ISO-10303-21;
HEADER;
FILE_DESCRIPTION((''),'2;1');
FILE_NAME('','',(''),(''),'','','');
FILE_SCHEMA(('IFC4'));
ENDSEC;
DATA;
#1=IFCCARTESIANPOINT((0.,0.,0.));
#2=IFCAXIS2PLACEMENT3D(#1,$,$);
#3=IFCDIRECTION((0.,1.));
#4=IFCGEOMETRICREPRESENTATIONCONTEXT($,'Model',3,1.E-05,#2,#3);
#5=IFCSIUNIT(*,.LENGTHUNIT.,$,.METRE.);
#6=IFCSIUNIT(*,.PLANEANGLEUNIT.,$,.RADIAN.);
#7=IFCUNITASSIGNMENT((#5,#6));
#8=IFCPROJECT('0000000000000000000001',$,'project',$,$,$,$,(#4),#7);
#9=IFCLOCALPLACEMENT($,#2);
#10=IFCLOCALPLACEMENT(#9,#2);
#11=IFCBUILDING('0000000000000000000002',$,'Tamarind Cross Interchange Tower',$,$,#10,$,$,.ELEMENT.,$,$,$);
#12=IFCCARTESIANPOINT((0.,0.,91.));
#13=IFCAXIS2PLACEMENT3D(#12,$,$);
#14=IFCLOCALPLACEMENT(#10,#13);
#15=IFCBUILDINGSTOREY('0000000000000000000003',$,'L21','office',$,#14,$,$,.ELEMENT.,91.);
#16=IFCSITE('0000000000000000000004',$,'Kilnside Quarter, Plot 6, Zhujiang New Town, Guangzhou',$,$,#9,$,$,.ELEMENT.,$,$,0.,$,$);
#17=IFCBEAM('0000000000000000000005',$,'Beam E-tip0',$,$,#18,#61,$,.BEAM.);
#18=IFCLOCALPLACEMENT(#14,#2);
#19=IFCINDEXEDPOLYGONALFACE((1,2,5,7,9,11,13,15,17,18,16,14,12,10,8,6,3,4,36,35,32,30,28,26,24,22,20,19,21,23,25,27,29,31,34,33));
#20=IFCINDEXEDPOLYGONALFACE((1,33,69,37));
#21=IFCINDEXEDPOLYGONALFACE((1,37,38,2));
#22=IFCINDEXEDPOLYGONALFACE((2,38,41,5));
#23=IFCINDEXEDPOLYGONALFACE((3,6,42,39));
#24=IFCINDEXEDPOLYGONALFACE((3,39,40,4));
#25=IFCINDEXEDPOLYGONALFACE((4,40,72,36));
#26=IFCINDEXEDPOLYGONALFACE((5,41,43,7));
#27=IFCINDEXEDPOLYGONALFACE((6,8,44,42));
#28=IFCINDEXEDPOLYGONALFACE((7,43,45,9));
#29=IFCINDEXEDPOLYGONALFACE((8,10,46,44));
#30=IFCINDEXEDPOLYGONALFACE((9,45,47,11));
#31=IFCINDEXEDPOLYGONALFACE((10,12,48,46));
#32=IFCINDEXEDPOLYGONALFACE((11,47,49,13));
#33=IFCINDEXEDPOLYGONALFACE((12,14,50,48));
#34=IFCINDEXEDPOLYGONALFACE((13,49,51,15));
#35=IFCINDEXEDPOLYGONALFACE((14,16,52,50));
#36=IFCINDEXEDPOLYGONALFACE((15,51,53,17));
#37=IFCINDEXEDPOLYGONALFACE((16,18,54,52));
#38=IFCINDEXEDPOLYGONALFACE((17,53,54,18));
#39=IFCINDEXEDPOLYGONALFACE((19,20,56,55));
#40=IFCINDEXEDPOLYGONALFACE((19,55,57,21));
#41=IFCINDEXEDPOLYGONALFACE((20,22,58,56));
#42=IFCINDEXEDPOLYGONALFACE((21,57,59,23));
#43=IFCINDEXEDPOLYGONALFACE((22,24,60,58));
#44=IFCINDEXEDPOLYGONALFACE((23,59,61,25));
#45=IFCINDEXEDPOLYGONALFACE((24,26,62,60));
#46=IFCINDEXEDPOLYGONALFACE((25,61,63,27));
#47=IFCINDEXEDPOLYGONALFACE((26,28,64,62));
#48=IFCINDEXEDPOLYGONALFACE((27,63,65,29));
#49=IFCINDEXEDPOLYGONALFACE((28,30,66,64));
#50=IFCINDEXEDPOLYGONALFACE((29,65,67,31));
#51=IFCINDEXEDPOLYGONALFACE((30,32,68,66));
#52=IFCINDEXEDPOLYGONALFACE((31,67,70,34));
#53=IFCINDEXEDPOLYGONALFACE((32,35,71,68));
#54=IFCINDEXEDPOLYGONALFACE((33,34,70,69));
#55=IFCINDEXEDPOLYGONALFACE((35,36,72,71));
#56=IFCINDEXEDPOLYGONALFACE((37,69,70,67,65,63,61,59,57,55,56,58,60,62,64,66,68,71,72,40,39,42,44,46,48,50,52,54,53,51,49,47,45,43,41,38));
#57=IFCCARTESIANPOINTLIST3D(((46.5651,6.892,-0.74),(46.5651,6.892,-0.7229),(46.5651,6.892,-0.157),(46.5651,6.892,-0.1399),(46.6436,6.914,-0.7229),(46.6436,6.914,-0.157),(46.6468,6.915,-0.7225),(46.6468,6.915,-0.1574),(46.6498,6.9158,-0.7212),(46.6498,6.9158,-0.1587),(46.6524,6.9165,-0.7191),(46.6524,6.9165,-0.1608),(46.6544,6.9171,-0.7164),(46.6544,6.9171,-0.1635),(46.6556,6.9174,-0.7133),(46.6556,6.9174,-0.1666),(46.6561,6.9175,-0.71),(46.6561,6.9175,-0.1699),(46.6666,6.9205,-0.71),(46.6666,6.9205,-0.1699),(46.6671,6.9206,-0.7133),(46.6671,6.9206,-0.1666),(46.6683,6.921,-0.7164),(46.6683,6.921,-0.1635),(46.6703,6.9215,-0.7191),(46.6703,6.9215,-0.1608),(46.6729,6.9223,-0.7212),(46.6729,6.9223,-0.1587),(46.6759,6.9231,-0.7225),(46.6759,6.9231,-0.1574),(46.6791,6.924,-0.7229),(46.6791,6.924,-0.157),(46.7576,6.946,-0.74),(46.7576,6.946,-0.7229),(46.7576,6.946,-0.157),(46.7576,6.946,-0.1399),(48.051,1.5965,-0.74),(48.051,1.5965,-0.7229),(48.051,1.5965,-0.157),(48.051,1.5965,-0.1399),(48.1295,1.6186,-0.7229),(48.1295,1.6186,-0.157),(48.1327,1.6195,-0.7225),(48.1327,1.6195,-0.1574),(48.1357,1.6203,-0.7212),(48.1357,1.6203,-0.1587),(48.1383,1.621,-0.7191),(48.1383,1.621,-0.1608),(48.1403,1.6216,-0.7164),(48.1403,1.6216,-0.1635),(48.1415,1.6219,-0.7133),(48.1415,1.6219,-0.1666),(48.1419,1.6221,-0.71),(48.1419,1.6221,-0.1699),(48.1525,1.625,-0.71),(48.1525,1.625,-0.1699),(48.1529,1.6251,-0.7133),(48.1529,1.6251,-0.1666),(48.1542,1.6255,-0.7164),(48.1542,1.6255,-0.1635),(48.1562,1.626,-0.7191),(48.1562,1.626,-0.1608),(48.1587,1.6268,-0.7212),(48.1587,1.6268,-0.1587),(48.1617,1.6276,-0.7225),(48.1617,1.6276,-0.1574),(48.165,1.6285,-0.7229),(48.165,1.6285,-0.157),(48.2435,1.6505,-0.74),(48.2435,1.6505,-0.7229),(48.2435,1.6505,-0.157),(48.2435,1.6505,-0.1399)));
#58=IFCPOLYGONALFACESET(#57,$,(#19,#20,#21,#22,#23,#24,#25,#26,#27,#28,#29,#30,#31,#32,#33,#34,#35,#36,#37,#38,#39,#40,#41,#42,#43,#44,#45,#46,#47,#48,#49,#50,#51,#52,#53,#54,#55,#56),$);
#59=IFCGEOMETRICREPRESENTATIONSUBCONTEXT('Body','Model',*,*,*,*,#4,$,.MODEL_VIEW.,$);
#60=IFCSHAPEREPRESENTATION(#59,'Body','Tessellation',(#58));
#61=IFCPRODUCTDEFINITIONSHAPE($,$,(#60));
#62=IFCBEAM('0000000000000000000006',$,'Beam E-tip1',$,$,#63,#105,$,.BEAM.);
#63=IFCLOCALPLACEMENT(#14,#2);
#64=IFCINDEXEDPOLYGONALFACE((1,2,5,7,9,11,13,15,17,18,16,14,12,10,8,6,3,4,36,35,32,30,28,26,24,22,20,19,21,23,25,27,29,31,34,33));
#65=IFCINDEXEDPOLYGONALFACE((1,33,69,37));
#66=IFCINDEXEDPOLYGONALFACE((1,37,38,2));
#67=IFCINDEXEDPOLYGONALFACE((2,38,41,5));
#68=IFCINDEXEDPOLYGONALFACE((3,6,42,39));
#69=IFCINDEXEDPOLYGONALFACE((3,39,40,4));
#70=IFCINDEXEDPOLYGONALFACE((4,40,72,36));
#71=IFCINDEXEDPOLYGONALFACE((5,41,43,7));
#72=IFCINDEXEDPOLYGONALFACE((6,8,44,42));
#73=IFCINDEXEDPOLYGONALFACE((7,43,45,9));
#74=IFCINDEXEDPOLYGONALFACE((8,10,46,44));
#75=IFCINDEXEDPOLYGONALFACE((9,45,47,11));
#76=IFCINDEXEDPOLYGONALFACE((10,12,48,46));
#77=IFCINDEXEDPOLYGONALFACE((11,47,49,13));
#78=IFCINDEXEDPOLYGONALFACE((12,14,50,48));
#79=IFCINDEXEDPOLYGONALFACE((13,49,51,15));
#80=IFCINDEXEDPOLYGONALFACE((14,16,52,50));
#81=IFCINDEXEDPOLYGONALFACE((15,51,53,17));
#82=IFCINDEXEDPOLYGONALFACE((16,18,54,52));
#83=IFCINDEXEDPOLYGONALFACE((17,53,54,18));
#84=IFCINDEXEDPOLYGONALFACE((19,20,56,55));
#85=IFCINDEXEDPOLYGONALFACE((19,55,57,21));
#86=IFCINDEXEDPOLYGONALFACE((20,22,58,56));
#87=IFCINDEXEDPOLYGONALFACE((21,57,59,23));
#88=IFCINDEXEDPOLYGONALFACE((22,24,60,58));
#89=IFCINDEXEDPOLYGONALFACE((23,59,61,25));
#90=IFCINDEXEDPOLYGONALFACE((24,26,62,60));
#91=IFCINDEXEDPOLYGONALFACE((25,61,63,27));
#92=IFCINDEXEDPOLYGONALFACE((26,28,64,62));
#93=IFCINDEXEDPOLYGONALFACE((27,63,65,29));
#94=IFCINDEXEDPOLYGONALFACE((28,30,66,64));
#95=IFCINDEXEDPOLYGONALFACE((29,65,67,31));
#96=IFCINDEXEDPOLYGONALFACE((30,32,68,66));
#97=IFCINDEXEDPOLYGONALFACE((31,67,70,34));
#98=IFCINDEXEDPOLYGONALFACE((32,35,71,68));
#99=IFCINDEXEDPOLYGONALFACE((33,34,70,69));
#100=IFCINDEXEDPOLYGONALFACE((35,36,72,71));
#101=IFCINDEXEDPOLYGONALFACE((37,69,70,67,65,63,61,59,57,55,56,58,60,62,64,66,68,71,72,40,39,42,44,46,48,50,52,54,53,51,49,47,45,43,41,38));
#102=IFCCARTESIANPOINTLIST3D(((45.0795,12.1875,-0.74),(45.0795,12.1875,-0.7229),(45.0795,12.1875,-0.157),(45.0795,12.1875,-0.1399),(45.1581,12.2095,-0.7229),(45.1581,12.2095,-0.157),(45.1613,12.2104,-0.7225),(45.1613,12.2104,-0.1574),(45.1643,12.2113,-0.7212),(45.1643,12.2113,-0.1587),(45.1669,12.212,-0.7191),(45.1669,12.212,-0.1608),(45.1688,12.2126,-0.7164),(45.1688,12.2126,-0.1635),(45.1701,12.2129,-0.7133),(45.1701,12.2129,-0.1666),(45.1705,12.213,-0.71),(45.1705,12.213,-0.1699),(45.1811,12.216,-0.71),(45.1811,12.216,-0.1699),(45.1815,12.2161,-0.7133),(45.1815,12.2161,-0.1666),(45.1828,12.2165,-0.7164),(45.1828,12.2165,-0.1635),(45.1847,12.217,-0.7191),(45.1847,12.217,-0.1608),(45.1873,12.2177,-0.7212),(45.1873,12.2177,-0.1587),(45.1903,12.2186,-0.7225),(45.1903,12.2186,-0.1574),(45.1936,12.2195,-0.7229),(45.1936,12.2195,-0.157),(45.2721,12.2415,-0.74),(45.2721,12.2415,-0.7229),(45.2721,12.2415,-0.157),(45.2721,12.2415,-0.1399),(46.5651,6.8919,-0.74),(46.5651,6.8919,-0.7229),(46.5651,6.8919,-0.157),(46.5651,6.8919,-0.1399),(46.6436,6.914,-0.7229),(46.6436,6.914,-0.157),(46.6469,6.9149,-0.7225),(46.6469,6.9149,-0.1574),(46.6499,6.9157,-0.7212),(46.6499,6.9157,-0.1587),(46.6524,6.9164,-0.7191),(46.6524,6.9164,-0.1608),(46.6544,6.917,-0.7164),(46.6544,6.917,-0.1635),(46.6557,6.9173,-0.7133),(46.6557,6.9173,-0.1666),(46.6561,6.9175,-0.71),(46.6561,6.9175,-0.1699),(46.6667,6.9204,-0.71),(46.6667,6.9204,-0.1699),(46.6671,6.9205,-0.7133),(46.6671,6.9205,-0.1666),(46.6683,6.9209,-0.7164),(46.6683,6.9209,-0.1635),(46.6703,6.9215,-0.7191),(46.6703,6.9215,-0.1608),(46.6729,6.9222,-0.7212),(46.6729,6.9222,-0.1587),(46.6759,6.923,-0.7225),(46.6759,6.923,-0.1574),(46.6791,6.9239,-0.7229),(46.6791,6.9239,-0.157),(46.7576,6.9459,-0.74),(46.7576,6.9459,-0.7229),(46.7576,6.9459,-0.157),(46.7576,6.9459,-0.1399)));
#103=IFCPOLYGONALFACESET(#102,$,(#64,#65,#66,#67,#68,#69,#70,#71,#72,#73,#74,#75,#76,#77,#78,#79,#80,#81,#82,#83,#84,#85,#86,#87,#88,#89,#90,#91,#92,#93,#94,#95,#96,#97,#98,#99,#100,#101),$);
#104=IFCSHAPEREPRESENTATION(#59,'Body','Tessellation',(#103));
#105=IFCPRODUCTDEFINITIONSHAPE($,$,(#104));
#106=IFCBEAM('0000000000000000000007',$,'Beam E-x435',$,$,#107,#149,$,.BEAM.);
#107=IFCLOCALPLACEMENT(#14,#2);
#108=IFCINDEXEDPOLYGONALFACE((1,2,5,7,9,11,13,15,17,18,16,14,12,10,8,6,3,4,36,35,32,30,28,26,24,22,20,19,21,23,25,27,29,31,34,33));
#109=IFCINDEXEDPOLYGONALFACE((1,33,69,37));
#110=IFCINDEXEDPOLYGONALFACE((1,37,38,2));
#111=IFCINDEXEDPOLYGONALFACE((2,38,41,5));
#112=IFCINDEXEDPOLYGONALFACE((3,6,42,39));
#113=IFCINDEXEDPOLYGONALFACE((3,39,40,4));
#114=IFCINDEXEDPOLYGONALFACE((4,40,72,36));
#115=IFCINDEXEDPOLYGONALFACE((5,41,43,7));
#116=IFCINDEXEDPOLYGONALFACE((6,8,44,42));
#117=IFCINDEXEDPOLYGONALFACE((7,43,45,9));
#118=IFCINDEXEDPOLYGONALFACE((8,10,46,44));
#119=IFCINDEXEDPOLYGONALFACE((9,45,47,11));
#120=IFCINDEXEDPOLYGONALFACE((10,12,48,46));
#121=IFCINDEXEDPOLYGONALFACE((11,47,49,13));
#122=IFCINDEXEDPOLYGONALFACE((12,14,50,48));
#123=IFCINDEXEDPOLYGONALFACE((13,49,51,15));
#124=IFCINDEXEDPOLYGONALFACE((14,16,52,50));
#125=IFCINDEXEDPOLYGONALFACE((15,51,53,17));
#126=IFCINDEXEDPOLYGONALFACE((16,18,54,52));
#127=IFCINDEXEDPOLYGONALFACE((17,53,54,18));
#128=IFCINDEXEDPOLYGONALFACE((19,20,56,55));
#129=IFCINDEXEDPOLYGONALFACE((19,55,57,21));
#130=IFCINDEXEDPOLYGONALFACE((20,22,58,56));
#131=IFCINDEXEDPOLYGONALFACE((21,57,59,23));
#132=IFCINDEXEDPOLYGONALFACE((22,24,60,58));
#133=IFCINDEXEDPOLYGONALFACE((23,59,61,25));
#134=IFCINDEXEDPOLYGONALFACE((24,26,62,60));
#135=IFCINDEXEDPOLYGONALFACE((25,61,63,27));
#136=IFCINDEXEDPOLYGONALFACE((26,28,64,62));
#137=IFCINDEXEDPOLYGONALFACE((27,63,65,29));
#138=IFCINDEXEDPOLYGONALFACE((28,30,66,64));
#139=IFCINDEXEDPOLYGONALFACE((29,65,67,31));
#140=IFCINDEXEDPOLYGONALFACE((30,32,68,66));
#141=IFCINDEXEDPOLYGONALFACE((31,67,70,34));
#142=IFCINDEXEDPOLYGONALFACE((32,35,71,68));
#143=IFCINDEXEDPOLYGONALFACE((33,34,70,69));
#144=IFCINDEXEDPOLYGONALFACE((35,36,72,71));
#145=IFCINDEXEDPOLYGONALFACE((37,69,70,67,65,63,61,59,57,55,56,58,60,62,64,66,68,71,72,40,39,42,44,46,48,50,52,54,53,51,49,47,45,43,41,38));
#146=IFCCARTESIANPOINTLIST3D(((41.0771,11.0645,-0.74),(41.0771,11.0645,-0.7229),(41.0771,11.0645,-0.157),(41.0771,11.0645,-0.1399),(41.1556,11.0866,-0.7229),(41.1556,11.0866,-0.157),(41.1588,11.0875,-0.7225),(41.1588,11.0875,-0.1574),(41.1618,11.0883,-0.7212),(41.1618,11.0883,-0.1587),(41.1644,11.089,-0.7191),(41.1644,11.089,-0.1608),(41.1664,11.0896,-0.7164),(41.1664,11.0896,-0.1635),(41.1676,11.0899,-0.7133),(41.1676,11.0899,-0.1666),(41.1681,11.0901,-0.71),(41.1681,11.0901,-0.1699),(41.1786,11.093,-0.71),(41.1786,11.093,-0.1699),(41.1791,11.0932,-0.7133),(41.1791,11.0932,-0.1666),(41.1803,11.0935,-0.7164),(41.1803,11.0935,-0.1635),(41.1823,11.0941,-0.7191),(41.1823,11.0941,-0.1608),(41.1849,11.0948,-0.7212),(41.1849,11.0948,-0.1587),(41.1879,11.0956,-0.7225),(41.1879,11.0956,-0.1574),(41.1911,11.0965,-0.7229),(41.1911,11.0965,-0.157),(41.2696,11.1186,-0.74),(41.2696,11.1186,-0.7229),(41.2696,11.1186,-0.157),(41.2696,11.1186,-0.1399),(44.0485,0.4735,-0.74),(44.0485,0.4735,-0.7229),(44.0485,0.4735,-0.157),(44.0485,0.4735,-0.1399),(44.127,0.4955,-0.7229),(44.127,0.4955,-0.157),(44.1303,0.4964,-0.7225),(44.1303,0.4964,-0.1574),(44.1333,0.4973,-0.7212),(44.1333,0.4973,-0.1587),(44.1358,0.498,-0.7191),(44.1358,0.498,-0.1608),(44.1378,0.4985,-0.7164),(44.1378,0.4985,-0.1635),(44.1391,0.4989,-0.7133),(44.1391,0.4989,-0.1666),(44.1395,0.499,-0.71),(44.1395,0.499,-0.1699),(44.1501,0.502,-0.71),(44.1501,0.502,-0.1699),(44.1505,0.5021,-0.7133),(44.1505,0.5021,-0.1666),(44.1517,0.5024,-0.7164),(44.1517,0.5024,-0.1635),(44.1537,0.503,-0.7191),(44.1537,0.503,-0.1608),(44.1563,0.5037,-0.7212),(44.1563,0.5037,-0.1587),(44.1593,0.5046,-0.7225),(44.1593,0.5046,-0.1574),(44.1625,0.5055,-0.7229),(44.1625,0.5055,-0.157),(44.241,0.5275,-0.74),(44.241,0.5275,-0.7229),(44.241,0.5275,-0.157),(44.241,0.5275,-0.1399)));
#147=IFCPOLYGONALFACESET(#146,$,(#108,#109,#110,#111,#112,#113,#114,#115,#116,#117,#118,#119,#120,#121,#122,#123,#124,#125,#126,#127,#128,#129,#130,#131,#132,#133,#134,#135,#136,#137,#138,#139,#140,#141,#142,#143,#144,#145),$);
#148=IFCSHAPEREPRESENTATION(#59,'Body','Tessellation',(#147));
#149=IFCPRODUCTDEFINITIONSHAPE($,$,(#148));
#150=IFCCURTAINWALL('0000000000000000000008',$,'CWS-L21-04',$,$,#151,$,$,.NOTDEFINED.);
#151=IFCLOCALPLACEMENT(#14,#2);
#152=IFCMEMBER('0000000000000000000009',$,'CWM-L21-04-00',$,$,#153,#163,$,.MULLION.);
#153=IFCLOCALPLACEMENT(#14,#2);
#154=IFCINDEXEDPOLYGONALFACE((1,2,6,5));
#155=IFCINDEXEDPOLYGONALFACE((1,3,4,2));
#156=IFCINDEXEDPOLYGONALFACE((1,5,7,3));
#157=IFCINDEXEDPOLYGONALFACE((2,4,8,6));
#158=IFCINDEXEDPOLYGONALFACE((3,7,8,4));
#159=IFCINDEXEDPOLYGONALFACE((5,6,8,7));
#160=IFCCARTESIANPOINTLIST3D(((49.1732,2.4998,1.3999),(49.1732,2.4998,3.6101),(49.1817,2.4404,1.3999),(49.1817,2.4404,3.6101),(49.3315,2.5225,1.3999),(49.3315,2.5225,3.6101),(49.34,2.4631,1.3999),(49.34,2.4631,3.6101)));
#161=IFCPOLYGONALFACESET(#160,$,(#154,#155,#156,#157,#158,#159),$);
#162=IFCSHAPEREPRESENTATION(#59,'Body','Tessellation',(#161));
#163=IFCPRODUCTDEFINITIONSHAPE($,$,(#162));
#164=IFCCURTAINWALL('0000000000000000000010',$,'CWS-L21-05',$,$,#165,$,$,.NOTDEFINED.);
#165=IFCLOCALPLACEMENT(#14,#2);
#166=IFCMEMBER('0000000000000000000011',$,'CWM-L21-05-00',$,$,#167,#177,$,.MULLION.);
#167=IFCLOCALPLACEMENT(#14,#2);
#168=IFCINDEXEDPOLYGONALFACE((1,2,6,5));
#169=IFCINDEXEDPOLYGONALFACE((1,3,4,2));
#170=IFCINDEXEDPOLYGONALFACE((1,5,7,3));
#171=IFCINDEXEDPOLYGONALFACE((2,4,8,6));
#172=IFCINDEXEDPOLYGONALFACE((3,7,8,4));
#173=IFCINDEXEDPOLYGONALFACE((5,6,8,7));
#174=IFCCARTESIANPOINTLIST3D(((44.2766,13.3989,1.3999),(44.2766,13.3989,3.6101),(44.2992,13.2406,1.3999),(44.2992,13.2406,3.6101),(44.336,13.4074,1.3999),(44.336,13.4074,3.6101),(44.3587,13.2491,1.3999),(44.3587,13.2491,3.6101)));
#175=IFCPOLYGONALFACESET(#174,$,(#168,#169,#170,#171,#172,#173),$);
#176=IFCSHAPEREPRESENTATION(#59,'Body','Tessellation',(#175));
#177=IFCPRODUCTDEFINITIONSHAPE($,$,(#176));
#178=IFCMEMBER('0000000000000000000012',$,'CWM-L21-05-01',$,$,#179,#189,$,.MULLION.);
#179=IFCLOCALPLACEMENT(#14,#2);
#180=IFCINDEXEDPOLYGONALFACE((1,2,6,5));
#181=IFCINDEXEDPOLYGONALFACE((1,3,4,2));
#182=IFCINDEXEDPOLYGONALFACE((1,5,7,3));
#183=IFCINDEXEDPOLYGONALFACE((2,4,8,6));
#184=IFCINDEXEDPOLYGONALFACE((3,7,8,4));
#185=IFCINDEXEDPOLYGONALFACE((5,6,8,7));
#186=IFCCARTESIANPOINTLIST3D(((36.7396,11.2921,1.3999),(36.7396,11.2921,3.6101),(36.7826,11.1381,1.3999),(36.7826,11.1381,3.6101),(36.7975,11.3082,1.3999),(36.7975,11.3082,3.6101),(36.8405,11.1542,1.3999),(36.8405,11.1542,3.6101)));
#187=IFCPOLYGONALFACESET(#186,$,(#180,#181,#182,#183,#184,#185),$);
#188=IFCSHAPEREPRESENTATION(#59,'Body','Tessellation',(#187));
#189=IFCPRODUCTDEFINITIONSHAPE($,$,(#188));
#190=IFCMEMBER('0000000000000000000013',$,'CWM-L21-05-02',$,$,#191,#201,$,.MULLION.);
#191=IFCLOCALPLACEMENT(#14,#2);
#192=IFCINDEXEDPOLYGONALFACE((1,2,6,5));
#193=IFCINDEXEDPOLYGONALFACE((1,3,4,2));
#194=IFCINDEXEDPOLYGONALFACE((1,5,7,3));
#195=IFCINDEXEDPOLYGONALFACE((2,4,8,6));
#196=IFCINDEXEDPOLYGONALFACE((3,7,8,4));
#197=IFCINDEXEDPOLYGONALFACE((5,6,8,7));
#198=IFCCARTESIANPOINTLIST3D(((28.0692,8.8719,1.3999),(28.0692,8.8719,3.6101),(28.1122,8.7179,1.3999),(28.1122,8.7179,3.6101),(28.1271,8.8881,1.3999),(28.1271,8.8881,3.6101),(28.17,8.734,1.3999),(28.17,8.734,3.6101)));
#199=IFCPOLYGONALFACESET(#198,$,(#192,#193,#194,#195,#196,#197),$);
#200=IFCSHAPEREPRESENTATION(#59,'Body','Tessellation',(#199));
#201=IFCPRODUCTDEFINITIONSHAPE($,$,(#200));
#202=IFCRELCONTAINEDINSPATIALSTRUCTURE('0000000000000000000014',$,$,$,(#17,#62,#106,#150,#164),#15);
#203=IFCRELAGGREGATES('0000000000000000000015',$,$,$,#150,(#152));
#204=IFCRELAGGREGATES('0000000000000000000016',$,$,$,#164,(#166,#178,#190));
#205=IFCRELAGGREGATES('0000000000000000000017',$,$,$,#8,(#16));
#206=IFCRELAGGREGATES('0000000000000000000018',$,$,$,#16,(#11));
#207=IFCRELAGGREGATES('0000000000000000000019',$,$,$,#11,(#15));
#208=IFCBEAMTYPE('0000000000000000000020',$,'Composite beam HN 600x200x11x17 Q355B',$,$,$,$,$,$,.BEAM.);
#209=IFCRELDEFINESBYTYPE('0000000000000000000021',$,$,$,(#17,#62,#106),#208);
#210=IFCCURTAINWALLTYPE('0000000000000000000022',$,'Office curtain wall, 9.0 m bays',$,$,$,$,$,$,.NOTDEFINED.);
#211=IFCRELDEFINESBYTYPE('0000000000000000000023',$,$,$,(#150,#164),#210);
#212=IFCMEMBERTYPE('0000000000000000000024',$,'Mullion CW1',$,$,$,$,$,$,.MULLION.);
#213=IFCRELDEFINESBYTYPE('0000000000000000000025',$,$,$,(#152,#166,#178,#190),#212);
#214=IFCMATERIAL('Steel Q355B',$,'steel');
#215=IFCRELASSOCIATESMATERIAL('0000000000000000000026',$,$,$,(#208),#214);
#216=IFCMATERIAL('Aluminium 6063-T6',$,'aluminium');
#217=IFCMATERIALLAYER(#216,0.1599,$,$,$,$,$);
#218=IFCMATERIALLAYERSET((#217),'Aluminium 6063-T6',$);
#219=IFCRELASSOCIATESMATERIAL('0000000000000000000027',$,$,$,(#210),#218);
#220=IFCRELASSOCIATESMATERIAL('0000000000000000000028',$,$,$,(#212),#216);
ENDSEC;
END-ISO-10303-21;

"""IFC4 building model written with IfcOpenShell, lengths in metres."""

from ifc_helpers import new_model, si_unit, direction, frame, origin, origin_2d, place, context, subcontext, project, spatial, rectangle, i_section, extrude, material, layer, layer_set, material_profile, profile_set, type_object, element, aggregate, save


model = new_model("IFC4")

# Units and contexts
model_context = context("Model", 3, precision=1e-05, world=origin(), true_north=direction((0.0, 1.0)))
body_context = subcontext(model_context, "Body", "Model", "MODEL_VIEW")
ifc_project = project(units=[si_unit("LENGTHUNIT", "METRE"), si_unit("PLANEANGLEUNIT", "RADIAN")], contexts=[model_context])

# Site, building, storey
site_placement = place(None, origin())
site = spatial("IfcSite", under=ifc_project, at=site_placement, Name="Kilnside Quarter, Plot 6, Zhujiang New Town, Guangzhou", CompositionType="ELEMENT", RefElevation=0.0)
building_placement = place(site_placement, origin())
building = spatial("IfcBuilding", under=site, at=building_placement, Name="Tamarind Cross Interchange Tower", CompositionType="ELEMENT")
storey_placement = place(building_placement, frame((0.0, 0.0, 91.0)))
storey = spatial("IfcBuildingStorey", under=building, at=storey_placement, Name="L21", Description="office", CompositionType="ELEMENT", Elevation=91.0)

# Beams
ifc_material_1 = material(Name="Steel Q355B", Category="steel")
ifc_material_profile_1 = material_profile(ifc_material_1, i_section(OverallWidth=0.2, OverallDepth=0.6001, WebThickness=0.011, FlangeThickness=0.0171, FilletRadius=0.0129, at=origin_2d()), Name="HN 600x200x11x17")
ifc_profile_set_1 = profile_set([ifc_material_profile_1], Name="Steel Q355B")
beam_type_1 = type_object("IfcBeamType", Name="Composite beam HN 600x200x11x17 Q355B", PredefinedType="BEAM", material=ifc_profile_set_1)
for number, where, z_axis, x_axis, name in (
    (1, (48.1472, 1.6235, -0.4399), (-0.270157, 0.962816, 0.0), (-0.962816, -0.270157, 0.0), "Beam E-tip0"),
    (2, (46.6614, 6.9189, -0.4399), (-0.270104, 0.962831, 0.0), (-0.962831, -0.270104, 0.0), "Beam E-tip1"),
):
    element("IfcBeam", number, at=place(storey_placement, frame(where, z_axis=z_axis, x_axis=x_axis)), inside=storey, type_object=beam_type_1, Name=name, PredefinedType="BEAM", context=body_context, shape_type="SweptSolid", body=[
        extrude(i_section(OverallWidth=0.2, OverallDepth=0.6001, WebThickness=0.011, FlangeThickness=0.0171, FilletRadius=0.0129, at=origin_2d()), origin(), (0.0, 0.0, 1.0), 5.5),
    ])
beam_1_placement = place(storey_placement, frame((44.1448, 0.5005, -0.4399), z_axis=(-0.27013, 0.962824, 0.0), x_axis=(-0.962824, -0.27013, 0.0)))
element("IfcBeam", 3, at=beam_1_placement, inside=storey, type_object=beam_type_1, Name="Beam E-x435", PredefinedType="BEAM", context=body_context, shape_type="SweptSolid", body=[
    extrude(i_section(OverallWidth=0.2, OverallDepth=0.6001, WebThickness=0.011, FlangeThickness=0.0171, FilletRadius=0.0129, at=origin_2d()), origin(), (0.0, 0.0, 1.0), 11.0),
])

# Curtain wall, member
ifc_material_2 = material(Name="Aluminium 6063-T6", Category="aluminium")
ifc_layer_1 = layer(ifc_material_2, 0.1599)
ifc_layer_set_1 = layer_set([ifc_layer_1], Name="Aluminium 6063-T6")
curtain_wall_type = type_object("IfcCurtainWallType", Name="Office curtain wall, 9.0 m bays", PredefinedType="NOTDEFINED", material=ifc_layer_set_1)
curtain_wall_1_placement = place(storey_placement, origin())
curtain_wall_1 = element("IfcCurtainWall", 4, at=curtain_wall_1_placement, inside=storey, type_object=curtain_wall_type, Name="CWS-L21-04", PredefinedType="NOTDEFINED")
ifc_material_profile_2 = material_profile(ifc_material_2, rectangle(XDim=0.0601, YDim=0.1599, at=origin_2d()), Name="Mullion CW1")
ifc_profile_set_2 = profile_set([ifc_material_profile_2], Name="Aluminium 6063-T6")
member_type = type_object("IfcMemberType", Name="Mullion CW1", PredefinedType="MULLION", material=ifc_profile_set_2)
member_1_placement = place(storey_placement, frame((49.2566, 2.4814, 1.3999), z_axis=(0.0, 0.0, 1.0), x_axis=(-0.142145, 0.989846, 0.0)))
member_1 = element("IfcMember", 5, at=member_1_placement, type_object=member_type, Name="CWM-L21-04-00", PredefinedType="MULLION", context=body_context, shape_type="SweptSolid", body=[
    extrude(rectangle(XDim=0.0601, YDim=0.1599, at=origin_2d()), origin(), (0.0, 0.0, 1.0), 2.2102),
])
aggregate(curtain_wall_1, [member_1])

# Curtain wall, members
curtain_wall_2_placement = place(storey_placement, origin())
curtain_wall_2 = element("IfcCurtainWall", 6, at=curtain_wall_2_placement, inside=storey, type_object=curtain_wall_type, Name="CWS-L21-05", PredefinedType="NOTDEFINED")
member_2_placement = place(storey_placement, frame((44.3176, 13.324, 1.3999), z_axis=(0.0, 0.0, 1.0), x_axis=(-0.989941, -0.141477, 0.0)))
member_2 = element("IfcMember", 7, at=member_2_placement, type_object=member_type, Name="CWM-L21-05-00", PredefinedType="MULLION", context=body_context, shape_type="SweptSolid", body=[
    extrude(rectangle(XDim=0.0601, YDim=0.1599, at=origin_2d()), origin(), (0.0, 0.0, 1.0), 2.2102),
])
member_3_placement = place(storey_placement, frame((36.79, 11.2231, 1.3999), z_axis=(0.0, 0.0, 1.0), x_axis=(-0.963187, -0.268831, 0.0)))
member_3 = element("IfcMember", 8, at=member_3_placement, type_object=member_type, Name="CWM-L21-05-01", PredefinedType="MULLION", context=body_context, shape_type="SweptSolid", body=[
    extrude(rectangle(XDim=0.0601, YDim=0.1599, at=origin_2d()), origin(), (0.0, 0.0, 1.0), 2.2102),
])
member_4_placement = place(storey_placement, frame((28.1196, 8.803, 1.3999), z_axis=(0.0, 0.0, 1.0), x_axis=(-0.963187, -0.268831, 0.0)))
member_4 = element("IfcMember", 9, at=member_4_placement, type_object=member_type, Name="CWM-L21-05-02", PredefinedType="MULLION", context=body_context, shape_type="SweptSolid", body=[
    extrude(rectangle(XDim=0.0601, YDim=0.1599, at=origin_2d()), origin(), (0.0, 0.0, 1.0), 2.2102),
])
aggregate(curtain_wall_2, [member_2, member_3, member_4])

save(model, "model.ifc")
